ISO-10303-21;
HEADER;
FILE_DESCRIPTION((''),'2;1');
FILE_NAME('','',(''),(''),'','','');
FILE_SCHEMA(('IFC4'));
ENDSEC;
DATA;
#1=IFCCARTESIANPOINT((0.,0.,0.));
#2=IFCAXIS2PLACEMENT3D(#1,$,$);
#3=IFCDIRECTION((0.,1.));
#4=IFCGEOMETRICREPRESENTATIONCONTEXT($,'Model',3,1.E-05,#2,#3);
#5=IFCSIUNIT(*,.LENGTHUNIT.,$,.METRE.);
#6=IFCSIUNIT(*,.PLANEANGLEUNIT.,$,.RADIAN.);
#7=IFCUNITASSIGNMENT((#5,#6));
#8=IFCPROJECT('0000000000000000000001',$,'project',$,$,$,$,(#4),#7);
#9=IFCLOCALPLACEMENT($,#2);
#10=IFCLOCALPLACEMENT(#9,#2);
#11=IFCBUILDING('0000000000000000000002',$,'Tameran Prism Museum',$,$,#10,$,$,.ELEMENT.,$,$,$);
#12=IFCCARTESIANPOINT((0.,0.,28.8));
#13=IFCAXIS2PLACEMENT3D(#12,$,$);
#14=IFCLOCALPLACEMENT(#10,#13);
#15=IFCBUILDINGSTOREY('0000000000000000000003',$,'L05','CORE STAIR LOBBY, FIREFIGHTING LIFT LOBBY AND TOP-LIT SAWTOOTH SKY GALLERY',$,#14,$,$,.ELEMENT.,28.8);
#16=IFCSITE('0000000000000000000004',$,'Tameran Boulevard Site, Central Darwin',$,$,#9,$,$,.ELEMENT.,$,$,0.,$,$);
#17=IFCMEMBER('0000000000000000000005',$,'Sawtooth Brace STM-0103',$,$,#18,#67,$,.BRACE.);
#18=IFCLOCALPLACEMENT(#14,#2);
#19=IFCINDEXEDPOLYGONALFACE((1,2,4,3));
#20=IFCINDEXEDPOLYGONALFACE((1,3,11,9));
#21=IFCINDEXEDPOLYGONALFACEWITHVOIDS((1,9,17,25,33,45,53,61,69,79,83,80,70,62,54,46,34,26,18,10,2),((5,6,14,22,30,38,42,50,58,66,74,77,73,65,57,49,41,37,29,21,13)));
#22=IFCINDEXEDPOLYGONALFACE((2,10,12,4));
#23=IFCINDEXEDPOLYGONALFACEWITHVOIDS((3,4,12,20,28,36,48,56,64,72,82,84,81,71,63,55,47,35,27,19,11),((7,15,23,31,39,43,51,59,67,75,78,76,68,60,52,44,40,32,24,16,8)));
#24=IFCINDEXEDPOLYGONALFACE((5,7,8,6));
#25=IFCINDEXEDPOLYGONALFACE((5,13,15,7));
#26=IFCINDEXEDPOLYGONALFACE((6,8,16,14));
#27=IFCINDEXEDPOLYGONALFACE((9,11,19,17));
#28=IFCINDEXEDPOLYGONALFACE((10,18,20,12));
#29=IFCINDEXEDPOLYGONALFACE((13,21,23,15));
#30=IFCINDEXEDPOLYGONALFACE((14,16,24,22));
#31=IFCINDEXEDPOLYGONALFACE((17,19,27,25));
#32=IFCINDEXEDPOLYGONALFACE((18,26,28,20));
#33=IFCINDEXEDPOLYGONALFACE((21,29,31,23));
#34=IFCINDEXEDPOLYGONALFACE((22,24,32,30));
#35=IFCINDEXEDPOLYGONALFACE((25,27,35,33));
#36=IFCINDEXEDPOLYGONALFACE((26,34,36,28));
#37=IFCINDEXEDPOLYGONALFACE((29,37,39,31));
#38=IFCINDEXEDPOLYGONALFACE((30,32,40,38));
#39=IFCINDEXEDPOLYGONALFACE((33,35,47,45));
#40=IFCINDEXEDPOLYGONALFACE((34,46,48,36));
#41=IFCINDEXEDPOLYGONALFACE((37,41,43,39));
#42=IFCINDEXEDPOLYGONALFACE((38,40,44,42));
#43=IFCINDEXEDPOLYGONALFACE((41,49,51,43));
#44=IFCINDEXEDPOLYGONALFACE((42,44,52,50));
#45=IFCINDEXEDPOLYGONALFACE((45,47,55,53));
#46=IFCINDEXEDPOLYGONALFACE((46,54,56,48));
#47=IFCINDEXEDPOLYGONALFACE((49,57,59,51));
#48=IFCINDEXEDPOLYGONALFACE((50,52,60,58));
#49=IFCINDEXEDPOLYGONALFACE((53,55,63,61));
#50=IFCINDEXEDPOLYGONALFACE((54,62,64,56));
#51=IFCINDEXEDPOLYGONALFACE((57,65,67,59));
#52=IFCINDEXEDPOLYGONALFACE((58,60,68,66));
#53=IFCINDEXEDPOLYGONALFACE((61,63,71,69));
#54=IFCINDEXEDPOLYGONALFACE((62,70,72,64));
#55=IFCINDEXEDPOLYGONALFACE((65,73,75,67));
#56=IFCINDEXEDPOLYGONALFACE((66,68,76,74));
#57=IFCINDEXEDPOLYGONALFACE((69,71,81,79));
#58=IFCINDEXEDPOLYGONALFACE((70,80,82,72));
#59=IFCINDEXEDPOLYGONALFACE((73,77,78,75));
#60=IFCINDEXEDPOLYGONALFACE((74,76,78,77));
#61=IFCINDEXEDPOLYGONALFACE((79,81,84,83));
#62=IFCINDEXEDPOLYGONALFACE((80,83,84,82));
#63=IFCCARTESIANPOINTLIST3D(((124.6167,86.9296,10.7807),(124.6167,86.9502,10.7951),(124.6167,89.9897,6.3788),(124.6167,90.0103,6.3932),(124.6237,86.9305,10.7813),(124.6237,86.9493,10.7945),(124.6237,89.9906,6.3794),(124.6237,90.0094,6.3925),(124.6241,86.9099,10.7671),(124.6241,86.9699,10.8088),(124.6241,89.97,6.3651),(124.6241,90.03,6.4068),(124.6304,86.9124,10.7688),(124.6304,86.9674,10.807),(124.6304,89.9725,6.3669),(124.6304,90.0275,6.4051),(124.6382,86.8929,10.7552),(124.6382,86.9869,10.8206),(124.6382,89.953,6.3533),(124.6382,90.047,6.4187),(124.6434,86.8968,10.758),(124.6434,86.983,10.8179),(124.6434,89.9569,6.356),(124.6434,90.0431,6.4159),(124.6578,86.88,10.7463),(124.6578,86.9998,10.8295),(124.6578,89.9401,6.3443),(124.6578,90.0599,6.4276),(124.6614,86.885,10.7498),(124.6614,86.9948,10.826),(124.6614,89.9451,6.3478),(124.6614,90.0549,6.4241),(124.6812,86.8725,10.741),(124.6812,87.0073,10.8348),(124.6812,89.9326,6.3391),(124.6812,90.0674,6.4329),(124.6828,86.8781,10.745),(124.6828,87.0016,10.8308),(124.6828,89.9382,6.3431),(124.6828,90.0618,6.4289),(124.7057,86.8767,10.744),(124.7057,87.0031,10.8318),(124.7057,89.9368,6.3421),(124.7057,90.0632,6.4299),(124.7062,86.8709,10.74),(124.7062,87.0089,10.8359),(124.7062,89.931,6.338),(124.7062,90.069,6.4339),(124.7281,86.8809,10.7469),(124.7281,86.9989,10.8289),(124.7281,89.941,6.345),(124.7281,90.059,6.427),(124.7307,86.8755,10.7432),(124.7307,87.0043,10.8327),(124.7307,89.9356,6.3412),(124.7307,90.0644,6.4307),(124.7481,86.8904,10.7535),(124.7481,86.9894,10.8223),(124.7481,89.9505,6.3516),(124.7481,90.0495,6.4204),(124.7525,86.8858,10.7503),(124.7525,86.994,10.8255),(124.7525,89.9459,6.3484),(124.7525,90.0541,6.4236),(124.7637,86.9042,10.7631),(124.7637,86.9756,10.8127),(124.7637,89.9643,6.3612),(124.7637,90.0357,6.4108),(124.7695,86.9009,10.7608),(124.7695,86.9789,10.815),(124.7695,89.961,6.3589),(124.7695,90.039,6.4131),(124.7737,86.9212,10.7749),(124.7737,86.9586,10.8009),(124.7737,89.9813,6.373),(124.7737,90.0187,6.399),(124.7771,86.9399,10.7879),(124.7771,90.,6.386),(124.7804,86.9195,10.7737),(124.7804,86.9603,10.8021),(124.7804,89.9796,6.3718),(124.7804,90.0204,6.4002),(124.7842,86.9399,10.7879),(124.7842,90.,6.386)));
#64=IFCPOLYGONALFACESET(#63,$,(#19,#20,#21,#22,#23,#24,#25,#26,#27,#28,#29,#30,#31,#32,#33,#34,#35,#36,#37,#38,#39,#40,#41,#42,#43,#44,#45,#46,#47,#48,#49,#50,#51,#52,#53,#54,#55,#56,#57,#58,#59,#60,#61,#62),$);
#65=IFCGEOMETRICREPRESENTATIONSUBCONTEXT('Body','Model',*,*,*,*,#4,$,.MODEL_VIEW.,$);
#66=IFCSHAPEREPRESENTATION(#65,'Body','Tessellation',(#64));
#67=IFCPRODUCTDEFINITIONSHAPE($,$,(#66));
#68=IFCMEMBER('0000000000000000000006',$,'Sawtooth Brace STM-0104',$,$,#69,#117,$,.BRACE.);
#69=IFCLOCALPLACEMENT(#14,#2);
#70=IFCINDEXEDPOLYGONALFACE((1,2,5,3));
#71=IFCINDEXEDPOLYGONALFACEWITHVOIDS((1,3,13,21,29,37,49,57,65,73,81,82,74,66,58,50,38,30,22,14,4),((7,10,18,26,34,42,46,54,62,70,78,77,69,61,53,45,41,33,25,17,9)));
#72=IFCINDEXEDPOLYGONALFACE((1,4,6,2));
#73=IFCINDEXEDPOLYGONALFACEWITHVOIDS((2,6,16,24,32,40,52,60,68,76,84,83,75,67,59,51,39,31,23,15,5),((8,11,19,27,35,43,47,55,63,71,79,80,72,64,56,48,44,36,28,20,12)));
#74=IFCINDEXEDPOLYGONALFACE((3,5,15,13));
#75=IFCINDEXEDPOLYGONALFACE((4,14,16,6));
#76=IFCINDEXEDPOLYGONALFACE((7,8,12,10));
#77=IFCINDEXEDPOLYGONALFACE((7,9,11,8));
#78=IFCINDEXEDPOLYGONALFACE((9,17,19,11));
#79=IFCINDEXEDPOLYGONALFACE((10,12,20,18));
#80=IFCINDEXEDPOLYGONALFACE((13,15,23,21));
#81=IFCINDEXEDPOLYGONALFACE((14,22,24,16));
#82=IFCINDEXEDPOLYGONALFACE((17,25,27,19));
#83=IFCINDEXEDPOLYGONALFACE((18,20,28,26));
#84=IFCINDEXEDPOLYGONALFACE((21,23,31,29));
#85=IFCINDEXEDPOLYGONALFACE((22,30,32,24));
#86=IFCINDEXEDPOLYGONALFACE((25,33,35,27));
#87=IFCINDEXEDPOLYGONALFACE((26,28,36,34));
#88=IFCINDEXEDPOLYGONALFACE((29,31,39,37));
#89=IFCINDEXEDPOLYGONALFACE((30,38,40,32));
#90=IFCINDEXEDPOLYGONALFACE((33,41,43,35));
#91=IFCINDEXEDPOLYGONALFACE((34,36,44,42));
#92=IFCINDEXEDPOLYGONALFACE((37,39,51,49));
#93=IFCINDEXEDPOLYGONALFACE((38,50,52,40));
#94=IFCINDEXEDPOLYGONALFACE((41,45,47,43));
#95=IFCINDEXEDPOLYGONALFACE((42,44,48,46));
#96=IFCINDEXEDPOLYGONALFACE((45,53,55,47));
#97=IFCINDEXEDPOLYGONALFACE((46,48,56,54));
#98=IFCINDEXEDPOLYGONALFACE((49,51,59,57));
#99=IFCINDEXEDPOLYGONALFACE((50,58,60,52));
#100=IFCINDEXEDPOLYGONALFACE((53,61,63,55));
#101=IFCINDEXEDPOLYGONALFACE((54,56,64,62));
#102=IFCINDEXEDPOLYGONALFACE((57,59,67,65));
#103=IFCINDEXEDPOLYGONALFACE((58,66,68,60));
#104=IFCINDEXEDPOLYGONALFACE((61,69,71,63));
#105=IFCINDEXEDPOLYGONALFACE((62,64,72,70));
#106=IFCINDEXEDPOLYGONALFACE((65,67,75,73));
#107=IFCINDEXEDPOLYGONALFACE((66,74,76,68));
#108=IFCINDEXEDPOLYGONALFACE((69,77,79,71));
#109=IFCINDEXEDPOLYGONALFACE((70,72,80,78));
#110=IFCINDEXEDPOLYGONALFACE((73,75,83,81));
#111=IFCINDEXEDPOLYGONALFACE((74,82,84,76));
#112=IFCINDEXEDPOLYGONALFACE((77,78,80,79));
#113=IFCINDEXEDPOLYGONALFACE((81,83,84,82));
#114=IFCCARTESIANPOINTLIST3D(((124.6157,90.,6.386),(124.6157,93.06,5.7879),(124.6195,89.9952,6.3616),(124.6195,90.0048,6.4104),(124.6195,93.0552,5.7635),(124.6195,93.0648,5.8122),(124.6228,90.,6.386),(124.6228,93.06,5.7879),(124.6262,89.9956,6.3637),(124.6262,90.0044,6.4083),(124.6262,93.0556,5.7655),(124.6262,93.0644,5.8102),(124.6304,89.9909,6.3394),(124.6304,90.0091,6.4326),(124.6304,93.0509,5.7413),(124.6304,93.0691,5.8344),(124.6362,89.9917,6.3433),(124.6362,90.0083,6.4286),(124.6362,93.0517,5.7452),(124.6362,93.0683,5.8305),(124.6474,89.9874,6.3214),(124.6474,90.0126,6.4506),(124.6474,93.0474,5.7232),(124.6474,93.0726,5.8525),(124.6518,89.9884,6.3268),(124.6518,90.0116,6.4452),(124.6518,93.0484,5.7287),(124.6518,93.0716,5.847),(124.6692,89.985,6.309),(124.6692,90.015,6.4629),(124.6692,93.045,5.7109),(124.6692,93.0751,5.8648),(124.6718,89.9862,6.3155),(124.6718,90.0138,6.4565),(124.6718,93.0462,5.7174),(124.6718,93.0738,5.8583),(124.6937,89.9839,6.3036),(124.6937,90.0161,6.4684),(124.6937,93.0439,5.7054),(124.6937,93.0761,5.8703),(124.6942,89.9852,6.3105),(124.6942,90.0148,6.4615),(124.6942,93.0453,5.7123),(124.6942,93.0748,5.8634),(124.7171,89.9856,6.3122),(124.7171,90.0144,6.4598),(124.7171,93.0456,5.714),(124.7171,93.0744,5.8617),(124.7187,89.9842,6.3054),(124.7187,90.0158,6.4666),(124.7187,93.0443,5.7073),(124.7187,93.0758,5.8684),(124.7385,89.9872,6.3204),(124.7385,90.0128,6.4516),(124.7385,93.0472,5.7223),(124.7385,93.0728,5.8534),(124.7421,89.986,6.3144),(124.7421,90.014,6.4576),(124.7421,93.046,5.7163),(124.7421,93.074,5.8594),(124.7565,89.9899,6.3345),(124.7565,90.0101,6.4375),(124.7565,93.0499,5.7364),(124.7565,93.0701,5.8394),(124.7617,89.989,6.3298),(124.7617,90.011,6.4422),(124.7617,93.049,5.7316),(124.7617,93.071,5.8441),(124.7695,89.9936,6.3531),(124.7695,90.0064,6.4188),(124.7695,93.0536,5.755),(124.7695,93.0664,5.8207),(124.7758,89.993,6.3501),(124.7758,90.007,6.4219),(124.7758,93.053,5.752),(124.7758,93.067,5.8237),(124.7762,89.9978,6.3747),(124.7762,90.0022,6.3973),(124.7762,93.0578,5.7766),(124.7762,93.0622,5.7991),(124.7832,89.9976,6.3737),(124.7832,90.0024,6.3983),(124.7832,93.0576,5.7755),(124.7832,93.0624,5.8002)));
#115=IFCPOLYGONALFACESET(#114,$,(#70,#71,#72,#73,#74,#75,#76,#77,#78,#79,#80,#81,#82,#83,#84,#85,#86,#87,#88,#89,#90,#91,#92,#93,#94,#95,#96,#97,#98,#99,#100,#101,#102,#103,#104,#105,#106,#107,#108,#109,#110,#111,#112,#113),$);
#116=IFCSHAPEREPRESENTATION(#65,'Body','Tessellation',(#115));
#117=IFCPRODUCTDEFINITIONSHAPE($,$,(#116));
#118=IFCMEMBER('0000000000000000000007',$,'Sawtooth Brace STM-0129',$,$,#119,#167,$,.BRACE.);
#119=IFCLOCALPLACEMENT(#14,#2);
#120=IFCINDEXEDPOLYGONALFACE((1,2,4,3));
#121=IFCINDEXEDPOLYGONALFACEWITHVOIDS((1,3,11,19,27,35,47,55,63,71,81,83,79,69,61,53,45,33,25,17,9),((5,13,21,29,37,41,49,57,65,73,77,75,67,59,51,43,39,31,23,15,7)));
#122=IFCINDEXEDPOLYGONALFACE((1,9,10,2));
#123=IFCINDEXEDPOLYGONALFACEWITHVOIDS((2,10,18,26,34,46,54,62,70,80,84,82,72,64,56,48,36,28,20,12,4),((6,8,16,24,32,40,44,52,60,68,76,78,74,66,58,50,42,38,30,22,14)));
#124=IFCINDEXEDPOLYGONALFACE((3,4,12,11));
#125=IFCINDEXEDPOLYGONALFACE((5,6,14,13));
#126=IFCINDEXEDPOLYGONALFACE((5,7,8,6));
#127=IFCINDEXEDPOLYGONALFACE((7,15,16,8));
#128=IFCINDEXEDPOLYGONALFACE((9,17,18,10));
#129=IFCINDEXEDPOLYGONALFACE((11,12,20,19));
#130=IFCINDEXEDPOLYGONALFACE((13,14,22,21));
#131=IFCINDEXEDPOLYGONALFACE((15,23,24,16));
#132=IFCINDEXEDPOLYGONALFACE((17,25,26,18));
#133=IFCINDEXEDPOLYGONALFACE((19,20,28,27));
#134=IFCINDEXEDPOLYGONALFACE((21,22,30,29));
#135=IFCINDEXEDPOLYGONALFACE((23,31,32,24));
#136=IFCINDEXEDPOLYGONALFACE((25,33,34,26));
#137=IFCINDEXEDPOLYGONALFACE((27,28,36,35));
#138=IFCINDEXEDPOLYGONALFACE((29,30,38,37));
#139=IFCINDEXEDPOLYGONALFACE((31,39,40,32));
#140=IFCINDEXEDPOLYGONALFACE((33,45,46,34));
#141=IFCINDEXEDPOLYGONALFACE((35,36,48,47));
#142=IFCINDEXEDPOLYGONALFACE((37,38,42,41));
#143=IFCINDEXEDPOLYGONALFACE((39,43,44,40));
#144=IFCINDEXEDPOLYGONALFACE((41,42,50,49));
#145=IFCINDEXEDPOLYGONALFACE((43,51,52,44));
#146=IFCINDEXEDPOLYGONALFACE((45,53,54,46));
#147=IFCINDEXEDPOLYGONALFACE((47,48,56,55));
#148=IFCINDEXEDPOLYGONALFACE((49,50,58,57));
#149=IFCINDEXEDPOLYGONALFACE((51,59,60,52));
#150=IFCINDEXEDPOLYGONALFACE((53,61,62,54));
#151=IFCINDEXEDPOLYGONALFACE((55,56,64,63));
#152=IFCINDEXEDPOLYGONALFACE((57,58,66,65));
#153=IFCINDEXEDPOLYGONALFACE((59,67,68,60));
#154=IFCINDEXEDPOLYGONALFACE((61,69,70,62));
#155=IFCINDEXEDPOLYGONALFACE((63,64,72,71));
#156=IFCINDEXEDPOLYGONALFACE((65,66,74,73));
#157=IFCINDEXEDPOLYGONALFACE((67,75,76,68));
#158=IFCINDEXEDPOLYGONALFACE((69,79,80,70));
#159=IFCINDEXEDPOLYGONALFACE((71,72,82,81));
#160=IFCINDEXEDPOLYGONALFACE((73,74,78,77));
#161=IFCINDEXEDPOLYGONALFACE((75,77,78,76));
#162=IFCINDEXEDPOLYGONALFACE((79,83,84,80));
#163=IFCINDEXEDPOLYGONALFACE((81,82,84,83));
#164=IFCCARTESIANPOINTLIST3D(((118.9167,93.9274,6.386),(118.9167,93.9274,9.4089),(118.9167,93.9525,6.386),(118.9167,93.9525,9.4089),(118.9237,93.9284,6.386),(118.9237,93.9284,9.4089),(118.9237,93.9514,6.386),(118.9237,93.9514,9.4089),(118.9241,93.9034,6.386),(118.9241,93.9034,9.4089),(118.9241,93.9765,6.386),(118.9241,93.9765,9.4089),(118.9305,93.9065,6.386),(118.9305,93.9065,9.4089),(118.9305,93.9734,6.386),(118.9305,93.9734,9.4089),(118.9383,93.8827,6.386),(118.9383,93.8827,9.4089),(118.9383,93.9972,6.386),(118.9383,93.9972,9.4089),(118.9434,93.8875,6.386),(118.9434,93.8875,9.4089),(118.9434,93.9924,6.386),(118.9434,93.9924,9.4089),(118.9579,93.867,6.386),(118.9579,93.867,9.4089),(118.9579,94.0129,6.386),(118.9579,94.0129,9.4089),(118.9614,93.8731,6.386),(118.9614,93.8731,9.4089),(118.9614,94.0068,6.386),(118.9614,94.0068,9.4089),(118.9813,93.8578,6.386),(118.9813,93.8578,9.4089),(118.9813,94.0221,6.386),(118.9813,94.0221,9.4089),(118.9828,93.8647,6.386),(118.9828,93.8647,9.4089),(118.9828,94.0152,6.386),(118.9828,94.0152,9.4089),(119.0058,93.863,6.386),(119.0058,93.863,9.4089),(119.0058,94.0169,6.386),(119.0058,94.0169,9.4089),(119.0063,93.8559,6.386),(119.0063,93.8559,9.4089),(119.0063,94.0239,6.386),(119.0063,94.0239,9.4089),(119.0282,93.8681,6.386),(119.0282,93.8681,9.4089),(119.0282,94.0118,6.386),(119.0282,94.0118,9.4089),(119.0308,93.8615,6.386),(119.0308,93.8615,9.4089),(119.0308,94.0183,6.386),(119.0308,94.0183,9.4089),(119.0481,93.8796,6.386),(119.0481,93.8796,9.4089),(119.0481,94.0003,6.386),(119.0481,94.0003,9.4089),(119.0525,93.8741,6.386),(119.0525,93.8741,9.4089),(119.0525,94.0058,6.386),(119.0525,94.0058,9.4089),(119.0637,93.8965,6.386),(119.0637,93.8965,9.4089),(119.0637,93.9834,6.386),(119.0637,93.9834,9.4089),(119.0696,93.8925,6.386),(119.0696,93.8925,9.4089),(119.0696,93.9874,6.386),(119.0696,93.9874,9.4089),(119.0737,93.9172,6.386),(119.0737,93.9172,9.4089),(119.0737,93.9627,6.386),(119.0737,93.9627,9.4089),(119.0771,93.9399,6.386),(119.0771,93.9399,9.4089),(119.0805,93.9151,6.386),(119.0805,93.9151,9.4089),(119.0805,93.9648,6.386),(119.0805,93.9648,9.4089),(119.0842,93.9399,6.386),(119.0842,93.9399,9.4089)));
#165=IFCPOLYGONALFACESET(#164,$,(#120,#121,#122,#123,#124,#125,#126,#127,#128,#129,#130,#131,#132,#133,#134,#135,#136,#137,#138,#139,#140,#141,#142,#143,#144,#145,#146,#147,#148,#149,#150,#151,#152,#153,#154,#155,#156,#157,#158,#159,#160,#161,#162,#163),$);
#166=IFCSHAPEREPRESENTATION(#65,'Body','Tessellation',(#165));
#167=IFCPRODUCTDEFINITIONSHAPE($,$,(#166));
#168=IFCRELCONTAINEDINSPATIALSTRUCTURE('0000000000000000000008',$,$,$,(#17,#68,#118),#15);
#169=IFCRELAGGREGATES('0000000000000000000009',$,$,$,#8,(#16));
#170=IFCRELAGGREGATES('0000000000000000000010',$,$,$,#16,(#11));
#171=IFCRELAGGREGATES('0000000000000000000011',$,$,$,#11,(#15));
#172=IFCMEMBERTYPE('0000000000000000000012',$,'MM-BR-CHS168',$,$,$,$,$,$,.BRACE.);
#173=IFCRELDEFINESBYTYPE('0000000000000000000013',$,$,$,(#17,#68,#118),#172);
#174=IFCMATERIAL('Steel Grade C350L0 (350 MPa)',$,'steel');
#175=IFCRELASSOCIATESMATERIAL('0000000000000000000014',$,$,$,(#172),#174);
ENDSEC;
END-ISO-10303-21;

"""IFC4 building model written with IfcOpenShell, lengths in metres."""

from ifc_helpers import new_model, si_unit, direction, frame, origin, origin_2d, place, context, subcontext, project, spatial, hollow_circle, extrude, material, material_profile, profile_set, type_object, element, save


model = new_model("IFC4")

# Units and contexts
model_context = context("Model", 3, precision=1e-05, world=origin(), true_north=direction((0.0, 1.0)))
body_context = subcontext(model_context, "Body", "Model", "MODEL_VIEW")
ifc_project = project(units=[si_unit("LENGTHUNIT", "METRE"), si_unit("PLANEANGLEUNIT", "RADIAN")], contexts=[model_context])

# Site, building, storey
site_placement = place(None, origin())
site = spatial("IfcSite", under=ifc_project, at=site_placement, Name="Tameran Boulevard Site, Central Darwin", CompositionType="ELEMENT", RefElevation=0.0)
building_placement = place(site_placement, origin())
building = spatial("IfcBuilding", under=site, at=building_placement, Name="Tameran Prism Museum", CompositionType="ELEMENT")
storey_placement = place(building_placement, frame((0.0, 0.0, 28.8)))
storey = spatial("IfcBuildingStorey", under=building, at=storey_placement, Name="L05", Description="CORE STAIR LOBBY, FIREFIGHTING LIFT LOBBY AND TOP-LIT SAWTOOTH SKY GALLERY", CompositionType="ELEMENT", Elevation=28.8)

# Members
ifc_material_1 = material(Name="Steel Grade C350L0 (350 MPa)", Category="steel")
ifc_material_profile_1 = material_profile(ifc_material_1, hollow_circle(Radius=0.0842, WallThickness=0.0071, at=origin_2d()))
ifc_profile_set_1 = profile_set([ifc_material_profile_1])
member_type_1 = type_object("IfcMemberType", Name="MM-BR-CHS168", PredefinedType="BRACE", material=ifc_profile_set_1)
member_1_placement = place(storey_placement, frame((124.7, 90.0, 6.386), z_axis=(0.0, -0.5708, 0.821089), x_axis=(1.0, 0.0, 0.0)))
element("IfcMember", 1, at=member_1_placement, inside=storey, type_object=member_type_1, Name="Sawtooth Brace STM-0103", PredefinedType="BRACE", context=body_context, shape_type="SweptSolid", body=[
    extrude(hollow_circle(Radius=0.0842, WallThickness=0.0071, at=origin_2d()), origin(), (0.0, 0.0, 1.0), 5.3611),
])
member_2_placement = place(storey_placement, frame((124.7, 90.0, 6.386), z_axis=(0.0, 0.981427, -0.191838), x_axis=(-1.0, 0.0, 0.0)))
element("IfcMember", 2, at=member_2_placement, inside=storey, type_object=member_type_1, Name="Sawtooth Brace STM-0104", PredefinedType="BRACE", context=body_context, shape_type="SweptSolid", body=[
    extrude(hollow_circle(Radius=0.0842, WallThickness=0.0071, at=origin_2d()), origin(), (0.0, 0.0, 1.0), 3.1179),
])
member_3_placement = place(storey_placement, frame((119.0, 93.9399, 6.386), z_axis=(0.0, 0.0, 1.0), x_axis=(1.0, 0.0, 0.0)))
element("IfcMember", 3, at=member_3_placement, inside=storey, type_object=member_type_1, Name="Sawtooth Brace STM-0129", PredefinedType="BRACE", context=body_context, shape_type="SweptSolid", body=[
    extrude(hollow_circle(Radius=0.0842, WallThickness=0.0071, at=origin_2d()), origin(), (0.0, 0.0, 1.0), 3.0229),
])

save(model, "model.ifc")
